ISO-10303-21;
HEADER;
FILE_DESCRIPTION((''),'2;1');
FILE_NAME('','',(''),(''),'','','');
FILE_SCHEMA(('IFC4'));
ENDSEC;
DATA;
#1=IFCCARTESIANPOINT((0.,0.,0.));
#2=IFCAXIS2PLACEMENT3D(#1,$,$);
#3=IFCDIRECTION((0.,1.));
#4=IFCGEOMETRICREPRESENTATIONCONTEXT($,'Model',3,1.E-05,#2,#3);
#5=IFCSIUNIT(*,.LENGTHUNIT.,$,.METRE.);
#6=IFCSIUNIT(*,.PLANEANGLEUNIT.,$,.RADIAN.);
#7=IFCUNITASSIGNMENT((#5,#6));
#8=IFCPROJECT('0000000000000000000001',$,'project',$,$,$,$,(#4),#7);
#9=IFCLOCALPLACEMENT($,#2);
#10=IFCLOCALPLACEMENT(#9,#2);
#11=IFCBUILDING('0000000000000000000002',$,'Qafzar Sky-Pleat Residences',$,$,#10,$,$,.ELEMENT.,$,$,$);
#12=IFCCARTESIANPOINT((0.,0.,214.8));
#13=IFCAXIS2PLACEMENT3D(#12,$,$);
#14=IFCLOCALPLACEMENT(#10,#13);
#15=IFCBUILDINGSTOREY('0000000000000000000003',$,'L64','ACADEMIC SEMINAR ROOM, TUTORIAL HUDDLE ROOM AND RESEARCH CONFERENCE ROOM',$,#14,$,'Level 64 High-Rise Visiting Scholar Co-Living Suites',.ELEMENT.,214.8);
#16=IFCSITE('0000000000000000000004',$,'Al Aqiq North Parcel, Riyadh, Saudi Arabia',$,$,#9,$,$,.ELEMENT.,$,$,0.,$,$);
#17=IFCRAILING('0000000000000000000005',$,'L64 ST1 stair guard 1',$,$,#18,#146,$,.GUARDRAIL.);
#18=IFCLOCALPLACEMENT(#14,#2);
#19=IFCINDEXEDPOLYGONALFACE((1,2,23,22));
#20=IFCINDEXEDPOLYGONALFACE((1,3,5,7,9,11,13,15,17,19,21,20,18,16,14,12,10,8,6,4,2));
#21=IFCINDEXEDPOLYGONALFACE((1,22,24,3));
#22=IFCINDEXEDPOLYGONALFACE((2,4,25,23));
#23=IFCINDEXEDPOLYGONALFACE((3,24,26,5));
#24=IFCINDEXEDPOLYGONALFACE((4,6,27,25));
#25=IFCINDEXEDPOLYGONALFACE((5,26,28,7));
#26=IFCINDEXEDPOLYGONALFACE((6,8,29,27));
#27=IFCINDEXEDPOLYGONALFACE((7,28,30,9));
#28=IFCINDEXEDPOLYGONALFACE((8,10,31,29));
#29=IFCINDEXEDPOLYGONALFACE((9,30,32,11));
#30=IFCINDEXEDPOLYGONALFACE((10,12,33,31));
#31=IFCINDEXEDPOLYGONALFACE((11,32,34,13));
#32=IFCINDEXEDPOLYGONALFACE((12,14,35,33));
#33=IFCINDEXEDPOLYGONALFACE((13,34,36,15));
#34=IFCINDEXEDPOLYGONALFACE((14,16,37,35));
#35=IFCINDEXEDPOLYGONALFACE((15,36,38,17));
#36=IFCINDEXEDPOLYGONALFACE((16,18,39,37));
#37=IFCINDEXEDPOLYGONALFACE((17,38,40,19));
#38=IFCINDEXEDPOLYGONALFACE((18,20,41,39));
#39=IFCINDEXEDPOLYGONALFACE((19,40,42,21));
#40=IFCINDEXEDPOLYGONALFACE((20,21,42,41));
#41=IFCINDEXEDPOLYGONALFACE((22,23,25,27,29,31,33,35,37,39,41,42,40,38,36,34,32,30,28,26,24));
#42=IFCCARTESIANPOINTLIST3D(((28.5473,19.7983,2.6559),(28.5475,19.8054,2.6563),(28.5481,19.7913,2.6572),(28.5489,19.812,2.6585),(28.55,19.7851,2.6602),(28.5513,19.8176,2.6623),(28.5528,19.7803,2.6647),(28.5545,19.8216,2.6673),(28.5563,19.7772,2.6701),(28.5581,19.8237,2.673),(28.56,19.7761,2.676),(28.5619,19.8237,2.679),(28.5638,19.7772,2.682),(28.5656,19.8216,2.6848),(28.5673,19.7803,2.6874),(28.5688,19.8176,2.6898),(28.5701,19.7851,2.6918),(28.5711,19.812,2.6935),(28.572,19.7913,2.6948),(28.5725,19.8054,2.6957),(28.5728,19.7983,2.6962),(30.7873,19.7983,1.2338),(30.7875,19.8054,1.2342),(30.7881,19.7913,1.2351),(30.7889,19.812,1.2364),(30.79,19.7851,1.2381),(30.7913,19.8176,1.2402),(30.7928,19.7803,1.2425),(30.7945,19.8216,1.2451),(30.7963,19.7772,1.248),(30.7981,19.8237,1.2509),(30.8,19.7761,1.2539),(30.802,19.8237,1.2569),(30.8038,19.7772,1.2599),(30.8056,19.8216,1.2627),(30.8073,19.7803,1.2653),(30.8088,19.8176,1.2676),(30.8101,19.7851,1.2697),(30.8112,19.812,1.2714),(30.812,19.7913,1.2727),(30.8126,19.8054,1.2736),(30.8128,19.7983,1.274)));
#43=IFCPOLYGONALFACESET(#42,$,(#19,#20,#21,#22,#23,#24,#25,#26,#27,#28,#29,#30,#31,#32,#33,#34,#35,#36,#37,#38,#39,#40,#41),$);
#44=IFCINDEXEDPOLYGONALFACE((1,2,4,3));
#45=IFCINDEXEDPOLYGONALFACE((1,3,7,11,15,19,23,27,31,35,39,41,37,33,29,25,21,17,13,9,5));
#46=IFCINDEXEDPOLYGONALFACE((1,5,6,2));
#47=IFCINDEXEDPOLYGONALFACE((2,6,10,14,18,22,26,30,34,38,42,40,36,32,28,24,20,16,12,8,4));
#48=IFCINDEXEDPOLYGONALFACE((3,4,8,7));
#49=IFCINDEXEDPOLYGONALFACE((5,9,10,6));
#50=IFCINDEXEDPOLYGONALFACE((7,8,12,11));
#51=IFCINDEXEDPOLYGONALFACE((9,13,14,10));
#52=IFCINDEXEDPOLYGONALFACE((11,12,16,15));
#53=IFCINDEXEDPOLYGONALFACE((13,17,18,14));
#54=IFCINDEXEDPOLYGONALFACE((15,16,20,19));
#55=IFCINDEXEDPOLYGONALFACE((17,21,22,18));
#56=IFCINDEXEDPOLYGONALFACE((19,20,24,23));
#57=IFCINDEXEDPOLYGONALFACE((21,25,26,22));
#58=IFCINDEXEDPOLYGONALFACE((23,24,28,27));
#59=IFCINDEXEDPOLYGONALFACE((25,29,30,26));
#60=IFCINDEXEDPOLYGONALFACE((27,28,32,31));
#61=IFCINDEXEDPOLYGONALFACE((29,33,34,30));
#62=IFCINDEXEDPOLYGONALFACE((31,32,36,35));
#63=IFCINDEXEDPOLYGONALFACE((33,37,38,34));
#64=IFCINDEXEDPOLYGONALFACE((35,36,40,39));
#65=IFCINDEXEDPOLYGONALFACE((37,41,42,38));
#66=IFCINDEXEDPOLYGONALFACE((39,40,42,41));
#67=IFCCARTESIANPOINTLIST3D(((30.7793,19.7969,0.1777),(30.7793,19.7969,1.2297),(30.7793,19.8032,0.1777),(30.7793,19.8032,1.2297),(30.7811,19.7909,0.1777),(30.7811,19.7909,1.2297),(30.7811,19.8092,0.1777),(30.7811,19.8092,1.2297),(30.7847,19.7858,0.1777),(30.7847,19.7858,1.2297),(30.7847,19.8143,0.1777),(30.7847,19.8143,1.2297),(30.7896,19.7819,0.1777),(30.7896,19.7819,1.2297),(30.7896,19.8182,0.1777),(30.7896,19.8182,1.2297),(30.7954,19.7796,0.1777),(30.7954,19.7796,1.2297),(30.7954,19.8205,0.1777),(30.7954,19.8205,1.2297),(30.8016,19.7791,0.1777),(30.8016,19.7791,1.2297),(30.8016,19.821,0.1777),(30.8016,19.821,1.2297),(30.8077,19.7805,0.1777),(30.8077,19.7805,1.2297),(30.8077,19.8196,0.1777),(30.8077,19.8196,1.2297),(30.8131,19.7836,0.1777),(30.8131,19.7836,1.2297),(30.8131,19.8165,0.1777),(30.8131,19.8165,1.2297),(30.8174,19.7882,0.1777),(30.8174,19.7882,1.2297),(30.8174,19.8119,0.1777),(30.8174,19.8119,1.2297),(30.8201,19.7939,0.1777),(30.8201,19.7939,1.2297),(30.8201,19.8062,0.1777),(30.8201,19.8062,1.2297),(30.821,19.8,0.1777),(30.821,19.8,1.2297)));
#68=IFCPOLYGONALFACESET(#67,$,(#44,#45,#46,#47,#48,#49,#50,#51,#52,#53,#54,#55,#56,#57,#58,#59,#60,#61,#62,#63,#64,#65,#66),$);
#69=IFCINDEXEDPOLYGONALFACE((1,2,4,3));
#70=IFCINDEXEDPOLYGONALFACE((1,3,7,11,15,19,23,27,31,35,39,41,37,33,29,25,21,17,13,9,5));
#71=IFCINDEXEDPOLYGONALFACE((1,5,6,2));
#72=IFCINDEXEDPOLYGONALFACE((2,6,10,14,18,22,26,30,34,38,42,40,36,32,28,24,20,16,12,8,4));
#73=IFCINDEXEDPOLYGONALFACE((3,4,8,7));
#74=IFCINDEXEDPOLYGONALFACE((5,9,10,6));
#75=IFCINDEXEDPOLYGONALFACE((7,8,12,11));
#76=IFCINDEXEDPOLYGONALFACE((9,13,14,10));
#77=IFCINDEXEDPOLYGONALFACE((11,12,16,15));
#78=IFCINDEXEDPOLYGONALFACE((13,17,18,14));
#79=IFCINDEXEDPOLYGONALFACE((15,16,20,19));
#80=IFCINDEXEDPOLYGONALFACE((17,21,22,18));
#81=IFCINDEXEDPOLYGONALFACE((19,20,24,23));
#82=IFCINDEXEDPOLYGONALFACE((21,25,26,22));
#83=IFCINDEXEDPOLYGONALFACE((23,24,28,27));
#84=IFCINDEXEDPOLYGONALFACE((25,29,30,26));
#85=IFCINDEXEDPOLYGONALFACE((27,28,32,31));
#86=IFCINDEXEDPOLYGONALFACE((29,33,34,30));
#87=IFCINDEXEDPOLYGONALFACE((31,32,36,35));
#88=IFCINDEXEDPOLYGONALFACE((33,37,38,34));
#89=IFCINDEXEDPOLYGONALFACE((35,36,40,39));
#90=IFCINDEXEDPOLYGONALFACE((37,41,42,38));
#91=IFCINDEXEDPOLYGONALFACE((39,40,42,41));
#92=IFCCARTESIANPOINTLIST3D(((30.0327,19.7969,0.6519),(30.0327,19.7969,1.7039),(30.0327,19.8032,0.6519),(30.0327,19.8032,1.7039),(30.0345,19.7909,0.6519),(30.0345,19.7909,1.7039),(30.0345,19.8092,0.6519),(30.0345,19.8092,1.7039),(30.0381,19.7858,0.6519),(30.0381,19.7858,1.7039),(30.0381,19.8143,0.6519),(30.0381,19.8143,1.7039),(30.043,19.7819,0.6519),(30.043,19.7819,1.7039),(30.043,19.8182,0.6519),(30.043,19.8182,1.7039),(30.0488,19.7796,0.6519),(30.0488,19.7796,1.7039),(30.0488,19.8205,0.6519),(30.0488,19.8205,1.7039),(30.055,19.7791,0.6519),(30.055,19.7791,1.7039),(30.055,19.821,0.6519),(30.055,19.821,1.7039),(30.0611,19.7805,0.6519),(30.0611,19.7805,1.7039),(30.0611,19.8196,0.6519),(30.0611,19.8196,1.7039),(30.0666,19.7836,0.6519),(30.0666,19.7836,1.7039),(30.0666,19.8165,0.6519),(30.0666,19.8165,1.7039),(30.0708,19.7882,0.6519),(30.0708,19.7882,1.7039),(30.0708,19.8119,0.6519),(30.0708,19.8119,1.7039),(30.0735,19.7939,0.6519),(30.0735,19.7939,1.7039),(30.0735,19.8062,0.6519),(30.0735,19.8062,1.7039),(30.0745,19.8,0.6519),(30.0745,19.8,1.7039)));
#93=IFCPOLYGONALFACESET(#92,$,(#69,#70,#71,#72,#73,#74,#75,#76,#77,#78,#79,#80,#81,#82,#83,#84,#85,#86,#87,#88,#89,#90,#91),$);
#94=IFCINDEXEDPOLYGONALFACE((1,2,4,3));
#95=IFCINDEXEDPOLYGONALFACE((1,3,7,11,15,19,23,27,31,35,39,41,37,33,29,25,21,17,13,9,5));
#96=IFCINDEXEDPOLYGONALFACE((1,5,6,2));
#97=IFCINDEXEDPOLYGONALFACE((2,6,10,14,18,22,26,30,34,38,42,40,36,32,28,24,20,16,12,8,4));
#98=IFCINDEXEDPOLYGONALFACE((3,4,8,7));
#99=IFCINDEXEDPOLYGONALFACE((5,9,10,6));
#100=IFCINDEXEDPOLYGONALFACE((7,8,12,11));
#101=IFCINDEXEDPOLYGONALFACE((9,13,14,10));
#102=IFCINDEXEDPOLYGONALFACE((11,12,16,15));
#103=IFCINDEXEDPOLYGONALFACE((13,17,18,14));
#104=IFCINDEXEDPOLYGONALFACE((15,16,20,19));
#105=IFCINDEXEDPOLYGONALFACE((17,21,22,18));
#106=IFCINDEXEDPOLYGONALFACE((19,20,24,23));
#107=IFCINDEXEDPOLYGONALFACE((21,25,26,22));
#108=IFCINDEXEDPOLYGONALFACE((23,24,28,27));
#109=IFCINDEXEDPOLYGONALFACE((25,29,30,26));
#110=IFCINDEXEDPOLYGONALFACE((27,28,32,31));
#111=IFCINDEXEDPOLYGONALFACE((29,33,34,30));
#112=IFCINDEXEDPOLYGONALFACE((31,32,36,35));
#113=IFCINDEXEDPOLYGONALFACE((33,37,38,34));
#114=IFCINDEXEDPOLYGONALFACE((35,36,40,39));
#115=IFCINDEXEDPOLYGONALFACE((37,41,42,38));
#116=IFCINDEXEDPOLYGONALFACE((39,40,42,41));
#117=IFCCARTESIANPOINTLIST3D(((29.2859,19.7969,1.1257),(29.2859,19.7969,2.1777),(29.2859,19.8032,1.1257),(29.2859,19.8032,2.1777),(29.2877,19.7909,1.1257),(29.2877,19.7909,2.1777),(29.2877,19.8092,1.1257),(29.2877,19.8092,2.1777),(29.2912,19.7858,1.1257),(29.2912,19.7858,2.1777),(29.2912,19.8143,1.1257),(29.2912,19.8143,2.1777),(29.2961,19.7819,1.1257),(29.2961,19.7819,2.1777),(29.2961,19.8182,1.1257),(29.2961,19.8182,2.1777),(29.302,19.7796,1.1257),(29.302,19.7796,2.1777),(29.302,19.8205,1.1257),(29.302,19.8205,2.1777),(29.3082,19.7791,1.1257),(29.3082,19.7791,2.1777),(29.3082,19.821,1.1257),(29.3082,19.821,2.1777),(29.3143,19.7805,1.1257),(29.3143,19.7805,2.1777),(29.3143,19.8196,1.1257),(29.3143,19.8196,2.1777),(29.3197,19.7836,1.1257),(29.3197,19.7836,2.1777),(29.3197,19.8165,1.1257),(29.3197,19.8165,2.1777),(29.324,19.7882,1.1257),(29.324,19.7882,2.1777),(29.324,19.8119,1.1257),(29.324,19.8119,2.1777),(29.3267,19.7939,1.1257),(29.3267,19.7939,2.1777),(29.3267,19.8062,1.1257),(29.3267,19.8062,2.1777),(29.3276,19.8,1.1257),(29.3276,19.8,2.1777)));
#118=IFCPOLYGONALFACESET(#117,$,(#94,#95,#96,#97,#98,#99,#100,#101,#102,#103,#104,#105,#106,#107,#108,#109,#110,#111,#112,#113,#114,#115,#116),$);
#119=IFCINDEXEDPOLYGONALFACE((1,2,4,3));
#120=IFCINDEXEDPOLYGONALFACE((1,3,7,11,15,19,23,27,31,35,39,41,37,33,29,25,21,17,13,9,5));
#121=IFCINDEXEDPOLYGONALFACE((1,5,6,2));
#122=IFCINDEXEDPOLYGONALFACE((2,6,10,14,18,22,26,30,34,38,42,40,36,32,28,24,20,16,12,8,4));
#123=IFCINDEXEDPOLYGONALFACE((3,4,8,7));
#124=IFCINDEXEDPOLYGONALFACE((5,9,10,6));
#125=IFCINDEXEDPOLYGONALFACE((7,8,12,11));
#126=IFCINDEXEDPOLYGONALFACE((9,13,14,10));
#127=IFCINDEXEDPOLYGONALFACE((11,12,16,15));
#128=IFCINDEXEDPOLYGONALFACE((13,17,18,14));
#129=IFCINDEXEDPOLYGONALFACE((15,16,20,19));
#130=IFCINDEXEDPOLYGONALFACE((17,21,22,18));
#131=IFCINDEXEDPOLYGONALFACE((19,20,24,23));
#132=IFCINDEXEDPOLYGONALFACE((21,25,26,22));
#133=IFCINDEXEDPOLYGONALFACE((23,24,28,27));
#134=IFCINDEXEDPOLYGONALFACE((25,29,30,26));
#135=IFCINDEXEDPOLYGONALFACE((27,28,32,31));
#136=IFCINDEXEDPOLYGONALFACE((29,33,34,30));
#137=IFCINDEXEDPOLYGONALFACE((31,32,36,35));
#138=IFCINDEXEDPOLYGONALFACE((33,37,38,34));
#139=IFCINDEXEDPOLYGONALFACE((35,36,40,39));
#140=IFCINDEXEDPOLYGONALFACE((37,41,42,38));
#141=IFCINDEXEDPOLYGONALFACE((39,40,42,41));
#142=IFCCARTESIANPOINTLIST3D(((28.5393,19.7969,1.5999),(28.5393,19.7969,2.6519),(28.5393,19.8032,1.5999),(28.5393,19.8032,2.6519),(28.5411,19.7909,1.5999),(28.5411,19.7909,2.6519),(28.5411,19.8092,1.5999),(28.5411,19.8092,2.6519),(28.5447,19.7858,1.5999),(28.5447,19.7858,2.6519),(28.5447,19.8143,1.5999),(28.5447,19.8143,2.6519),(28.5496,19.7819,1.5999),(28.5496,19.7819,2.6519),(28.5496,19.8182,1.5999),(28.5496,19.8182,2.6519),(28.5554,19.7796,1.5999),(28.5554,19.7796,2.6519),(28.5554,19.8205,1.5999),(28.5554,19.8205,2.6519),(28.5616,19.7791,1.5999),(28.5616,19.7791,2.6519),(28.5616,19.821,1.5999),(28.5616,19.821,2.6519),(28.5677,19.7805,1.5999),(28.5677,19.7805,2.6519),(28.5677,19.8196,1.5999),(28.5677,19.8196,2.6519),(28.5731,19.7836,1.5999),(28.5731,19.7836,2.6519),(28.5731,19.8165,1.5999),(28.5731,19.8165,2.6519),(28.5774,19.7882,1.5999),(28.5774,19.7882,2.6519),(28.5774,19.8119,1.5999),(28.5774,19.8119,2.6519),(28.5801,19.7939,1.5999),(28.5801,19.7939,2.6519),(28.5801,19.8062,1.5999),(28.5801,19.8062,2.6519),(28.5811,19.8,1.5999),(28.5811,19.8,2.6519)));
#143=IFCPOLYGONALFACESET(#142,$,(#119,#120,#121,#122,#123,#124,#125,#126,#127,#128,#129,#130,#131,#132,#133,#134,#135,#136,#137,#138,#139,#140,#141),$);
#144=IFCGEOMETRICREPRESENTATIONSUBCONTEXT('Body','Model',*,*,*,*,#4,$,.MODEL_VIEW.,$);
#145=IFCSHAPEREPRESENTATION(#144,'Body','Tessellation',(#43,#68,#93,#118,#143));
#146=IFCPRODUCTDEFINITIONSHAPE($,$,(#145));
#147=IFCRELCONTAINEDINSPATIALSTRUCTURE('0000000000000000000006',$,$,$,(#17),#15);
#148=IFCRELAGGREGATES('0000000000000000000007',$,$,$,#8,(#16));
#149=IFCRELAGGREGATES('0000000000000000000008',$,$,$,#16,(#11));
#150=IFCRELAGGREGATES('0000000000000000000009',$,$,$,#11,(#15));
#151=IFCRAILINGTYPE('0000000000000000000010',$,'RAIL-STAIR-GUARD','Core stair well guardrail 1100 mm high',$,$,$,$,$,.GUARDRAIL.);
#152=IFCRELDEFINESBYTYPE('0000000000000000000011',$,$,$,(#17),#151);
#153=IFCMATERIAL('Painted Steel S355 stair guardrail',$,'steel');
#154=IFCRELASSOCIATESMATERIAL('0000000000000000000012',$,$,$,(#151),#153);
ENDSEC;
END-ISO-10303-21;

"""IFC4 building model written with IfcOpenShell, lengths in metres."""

from ifc_helpers import new_model, si_unit, direction, frame, origin, origin_2d, place, context, subcontext, project, spatial, circle, extrude, source, transform, mapped, material, type_object, element, save


model = new_model("IFC4")

# Units and contexts
model_context = context("Model", 3, precision=1e-05, world=origin(), true_north=direction((0.0, 1.0)))
body_context = subcontext(model_context, "Body", "Model", "MODEL_VIEW")
ifc_project = project(units=[si_unit("LENGTHUNIT", "METRE"), si_unit("PLANEANGLEUNIT", "RADIAN")], contexts=[model_context])

# Site, building, storey
site_placement = place(None, origin())
site = spatial("IfcSite", under=ifc_project, at=site_placement, Name="Al Aqiq North Parcel, Riyadh, Saudi Arabia", CompositionType="ELEMENT", RefElevation=0.0)
building_placement = place(site_placement, origin())
building = spatial("IfcBuilding", under=site, at=building_placement, Name="Qafzar Sky-Pleat Residences", CompositionType="ELEMENT")
storey_placement = place(building_placement, frame((0.0, 0.0, 214.8)))
storey = spatial("IfcBuildingStorey", under=building, at=storey_placement, Name="L64", Description="ACADEMIC SEMINAR ROOM, TUTORIAL HUDDLE ROOM AND RESEARCH CONFERENCE ROOM", LongName="Level 64 High-Rise Visiting Scholar Co-Living Suites", CompositionType="ELEMENT", Elevation=214.8)

# Railing
ifc_material_1 = material(Name="Painted Steel S355 stair guardrail", Category="steel")
railing_type_1 = type_object("IfcRailingType", Name="RAIL-STAIR-GUARD", Description="Core stair well guardrail 1100 mm high", PredefinedType="GUARDRAIL", material=ifc_material_1)
shared_shape_1 = source(origin(), body_context, "Body", "SweptSolid", [
    extrude(circle(Radius=0.0239, at=origin_2d()), frame((0.0, 0.0, 1.0762), z_axis=(-0.844229, 0.0, 0.535982), x_axis=(0.0, -1.0, 0.0)), (0.0, 0.0, 1.0), 2.6533),
    extrude(circle(Radius=0.021, at=origin_2d()), origin(), (0.0, 0.0, 1.0), 1.052),
    extrude(circle(Radius=0.021, at=origin_2d()), frame((-0.7466, 0.0, 0.4741)), (0.0, 0.0, 1.0), 1.052),
    extrude(circle(Radius=0.021, at=origin_2d()), frame((-1.4934, 0.0, 0.948)), (0.0, 0.0, 1.0), 1.052),
    extrude(circle(Radius=0.021, at=origin_2d()), frame((-2.24, 0.0, 1.4221)), (0.0, 0.0, 1.0), 1.052),
])
railing_1_placement = place(storey_placement, frame((30.8, 19.8, 0.1777)))
element("IfcRailing", 1, at=railing_1_placement, inside=storey, type_object=railing_type_1, Name="L64 ST1 stair guard 1", PredefinedType="GUARDRAIL", context=body_context, shape_type="MappedRepresentation", body=[
    mapped(shared_shape_1, transform((0.0, 0.0, 0.0), x_axis=(1.0, 0.0, 0.0), y_axis=(0.0, 1.0, 0.0), z_axis=(0.0, 0.0, 1.0), scale=1.0)),
])

save(model, "model.ifc")
